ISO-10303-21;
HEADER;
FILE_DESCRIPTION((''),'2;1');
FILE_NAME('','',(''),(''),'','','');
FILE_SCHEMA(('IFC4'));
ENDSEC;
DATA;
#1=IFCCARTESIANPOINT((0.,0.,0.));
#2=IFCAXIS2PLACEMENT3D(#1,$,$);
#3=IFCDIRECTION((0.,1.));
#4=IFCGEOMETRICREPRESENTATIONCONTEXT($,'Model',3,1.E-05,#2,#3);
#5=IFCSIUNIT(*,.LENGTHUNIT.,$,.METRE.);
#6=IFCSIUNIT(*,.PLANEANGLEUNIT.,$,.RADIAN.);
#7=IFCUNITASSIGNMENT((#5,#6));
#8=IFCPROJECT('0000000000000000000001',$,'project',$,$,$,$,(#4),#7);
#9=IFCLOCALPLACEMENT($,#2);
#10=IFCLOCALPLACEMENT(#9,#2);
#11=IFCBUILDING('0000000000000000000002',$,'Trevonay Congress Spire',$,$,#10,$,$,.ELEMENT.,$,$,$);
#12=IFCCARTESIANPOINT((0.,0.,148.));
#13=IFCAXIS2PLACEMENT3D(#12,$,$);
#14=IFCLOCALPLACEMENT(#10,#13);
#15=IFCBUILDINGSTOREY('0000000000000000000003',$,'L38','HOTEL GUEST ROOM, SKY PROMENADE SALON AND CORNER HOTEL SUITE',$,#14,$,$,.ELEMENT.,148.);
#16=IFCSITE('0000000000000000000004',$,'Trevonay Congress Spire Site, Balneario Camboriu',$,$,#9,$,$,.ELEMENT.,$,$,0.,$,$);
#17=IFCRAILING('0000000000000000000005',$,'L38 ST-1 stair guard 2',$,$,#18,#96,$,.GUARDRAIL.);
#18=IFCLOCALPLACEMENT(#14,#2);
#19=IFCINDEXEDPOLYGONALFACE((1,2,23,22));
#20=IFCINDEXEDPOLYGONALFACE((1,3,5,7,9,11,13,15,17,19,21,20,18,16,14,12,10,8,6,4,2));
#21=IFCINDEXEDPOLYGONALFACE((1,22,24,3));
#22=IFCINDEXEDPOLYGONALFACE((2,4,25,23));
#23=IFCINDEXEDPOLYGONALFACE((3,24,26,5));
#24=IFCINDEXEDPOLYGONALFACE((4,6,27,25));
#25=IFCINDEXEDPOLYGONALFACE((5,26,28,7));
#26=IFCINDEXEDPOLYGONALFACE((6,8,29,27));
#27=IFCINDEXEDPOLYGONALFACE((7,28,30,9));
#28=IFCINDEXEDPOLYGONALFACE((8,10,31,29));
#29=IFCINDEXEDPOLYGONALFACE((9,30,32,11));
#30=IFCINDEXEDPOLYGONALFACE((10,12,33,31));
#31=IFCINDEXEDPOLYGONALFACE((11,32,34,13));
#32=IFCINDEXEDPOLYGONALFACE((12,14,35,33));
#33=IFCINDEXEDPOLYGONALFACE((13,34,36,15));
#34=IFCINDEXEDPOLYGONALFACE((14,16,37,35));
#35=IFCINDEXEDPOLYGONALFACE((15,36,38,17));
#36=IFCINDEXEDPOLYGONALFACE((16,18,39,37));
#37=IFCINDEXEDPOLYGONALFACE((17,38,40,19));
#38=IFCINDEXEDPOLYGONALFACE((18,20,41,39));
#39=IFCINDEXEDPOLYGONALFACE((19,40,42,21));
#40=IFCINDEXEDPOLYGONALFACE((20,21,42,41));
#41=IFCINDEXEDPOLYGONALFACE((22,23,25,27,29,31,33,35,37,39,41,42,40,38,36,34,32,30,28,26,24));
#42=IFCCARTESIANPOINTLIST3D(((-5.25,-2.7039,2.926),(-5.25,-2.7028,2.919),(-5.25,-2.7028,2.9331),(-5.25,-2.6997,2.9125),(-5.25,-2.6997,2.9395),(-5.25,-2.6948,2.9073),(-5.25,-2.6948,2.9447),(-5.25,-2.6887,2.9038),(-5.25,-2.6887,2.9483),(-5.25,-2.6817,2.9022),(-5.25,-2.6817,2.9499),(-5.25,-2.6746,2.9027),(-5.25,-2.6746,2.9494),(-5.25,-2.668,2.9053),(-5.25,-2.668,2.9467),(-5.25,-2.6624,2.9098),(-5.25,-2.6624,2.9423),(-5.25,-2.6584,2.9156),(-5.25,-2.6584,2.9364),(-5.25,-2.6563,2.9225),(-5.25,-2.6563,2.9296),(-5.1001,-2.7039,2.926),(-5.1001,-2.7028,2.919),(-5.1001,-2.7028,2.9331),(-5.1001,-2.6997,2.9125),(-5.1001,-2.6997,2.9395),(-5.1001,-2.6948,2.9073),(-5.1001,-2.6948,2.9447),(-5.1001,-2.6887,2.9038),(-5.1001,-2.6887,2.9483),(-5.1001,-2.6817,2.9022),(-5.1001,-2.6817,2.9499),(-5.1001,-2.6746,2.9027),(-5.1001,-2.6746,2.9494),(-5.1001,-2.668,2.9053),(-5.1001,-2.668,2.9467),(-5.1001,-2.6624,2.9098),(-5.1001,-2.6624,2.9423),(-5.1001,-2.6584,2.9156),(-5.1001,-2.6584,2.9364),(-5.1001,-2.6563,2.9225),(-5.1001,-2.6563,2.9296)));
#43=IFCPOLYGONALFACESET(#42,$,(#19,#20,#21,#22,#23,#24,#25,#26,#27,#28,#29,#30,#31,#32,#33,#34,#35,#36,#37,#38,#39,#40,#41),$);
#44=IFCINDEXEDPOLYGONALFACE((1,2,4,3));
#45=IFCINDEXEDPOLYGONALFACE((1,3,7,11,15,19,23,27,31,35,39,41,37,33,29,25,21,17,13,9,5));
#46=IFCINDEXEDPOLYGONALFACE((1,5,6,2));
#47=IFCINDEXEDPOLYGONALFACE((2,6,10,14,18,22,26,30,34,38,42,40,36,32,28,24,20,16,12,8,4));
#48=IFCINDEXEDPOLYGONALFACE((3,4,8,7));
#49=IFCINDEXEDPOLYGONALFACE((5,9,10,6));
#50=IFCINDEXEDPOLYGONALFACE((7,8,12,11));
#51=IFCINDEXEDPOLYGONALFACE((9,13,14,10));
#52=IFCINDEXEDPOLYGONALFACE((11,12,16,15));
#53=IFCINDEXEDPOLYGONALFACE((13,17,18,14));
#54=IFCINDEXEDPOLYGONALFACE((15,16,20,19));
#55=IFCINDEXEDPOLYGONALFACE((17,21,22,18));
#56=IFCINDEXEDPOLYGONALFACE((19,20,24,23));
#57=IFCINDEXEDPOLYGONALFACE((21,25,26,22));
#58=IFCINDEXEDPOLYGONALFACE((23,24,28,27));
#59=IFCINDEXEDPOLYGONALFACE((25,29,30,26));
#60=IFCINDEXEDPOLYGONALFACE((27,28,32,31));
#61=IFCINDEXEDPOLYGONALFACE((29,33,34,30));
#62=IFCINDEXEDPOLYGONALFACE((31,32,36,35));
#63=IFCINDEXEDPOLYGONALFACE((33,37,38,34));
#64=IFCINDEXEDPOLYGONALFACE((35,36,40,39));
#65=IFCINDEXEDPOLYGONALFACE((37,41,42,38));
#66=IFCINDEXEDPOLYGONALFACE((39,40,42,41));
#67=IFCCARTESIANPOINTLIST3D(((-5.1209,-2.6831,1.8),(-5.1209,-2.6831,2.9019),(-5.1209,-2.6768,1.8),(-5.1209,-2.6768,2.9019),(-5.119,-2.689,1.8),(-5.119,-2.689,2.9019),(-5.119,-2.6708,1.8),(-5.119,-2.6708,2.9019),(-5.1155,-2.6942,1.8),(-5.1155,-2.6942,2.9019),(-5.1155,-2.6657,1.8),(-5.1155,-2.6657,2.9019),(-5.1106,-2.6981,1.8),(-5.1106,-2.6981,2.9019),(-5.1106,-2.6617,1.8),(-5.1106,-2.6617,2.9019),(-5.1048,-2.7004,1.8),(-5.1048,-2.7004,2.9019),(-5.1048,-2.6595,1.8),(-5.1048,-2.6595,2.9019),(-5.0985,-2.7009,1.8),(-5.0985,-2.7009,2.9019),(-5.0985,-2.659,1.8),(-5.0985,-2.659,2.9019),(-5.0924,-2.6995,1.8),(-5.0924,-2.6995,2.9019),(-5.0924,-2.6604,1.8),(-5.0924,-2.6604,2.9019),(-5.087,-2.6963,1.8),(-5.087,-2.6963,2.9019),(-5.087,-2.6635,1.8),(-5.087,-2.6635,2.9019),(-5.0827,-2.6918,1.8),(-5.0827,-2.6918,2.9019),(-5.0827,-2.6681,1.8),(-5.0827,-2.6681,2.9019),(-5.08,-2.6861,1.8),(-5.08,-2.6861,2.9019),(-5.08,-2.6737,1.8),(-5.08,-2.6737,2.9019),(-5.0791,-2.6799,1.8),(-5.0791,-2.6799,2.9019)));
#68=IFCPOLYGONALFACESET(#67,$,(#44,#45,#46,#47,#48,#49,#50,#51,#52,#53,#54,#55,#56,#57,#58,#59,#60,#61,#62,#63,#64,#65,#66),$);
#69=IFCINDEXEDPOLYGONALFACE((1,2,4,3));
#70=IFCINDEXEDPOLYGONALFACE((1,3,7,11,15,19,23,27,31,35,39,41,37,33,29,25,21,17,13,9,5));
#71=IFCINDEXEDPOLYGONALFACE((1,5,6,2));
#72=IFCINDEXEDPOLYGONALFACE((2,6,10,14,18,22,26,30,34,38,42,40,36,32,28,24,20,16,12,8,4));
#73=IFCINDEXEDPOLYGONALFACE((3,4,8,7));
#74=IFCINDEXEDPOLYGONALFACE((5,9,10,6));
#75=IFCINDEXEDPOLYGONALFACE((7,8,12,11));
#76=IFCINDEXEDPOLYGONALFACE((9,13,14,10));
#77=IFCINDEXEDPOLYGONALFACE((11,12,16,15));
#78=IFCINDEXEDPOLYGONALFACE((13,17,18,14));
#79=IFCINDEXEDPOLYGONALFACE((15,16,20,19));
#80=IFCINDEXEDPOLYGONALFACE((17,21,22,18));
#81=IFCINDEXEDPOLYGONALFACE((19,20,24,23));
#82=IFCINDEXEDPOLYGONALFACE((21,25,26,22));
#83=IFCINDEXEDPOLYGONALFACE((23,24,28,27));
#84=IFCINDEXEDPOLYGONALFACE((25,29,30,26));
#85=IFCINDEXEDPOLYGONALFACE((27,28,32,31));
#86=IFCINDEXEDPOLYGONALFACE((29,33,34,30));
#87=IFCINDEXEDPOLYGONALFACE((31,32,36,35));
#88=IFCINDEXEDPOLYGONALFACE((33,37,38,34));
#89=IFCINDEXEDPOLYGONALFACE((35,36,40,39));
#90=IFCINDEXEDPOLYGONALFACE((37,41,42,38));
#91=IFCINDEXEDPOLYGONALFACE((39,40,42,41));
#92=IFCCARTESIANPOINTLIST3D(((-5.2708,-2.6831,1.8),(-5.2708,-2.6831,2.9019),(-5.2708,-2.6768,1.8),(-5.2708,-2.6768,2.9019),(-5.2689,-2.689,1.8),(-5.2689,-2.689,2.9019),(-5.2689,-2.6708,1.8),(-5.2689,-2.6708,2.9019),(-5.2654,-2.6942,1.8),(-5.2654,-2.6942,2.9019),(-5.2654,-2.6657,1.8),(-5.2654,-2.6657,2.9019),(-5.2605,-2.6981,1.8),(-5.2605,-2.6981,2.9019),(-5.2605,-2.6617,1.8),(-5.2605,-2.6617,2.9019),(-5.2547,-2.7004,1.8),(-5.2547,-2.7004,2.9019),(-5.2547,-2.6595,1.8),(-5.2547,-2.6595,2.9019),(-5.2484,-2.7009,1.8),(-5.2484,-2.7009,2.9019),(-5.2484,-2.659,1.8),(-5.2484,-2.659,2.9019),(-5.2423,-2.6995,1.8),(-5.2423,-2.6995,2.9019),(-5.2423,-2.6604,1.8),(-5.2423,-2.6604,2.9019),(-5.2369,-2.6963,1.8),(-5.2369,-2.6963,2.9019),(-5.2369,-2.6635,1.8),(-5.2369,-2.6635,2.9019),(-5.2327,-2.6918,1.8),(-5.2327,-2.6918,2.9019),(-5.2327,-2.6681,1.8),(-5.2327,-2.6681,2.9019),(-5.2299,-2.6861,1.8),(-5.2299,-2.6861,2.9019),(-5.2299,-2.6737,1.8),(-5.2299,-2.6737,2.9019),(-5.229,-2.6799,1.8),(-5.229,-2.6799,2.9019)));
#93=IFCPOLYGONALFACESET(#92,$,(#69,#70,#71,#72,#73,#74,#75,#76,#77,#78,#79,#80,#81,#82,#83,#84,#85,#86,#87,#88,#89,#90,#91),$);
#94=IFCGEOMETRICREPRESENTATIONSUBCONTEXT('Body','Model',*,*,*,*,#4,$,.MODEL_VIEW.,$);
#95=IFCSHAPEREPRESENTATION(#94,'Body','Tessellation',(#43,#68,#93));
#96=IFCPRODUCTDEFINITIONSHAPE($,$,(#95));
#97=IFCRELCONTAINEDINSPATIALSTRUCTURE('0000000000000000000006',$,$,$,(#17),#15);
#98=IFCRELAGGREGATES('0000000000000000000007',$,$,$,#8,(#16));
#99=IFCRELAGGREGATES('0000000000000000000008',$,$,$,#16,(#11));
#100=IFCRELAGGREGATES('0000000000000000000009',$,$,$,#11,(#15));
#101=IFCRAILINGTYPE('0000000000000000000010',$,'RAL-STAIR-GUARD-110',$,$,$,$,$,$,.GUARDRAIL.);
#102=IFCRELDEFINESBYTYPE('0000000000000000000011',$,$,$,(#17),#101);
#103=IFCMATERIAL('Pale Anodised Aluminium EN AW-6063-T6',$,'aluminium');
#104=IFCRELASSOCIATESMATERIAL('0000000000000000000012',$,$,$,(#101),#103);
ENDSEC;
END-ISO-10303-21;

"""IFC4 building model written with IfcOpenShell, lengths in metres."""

from ifc_helpers import new_model, si_unit, direction, frame, origin, origin_2d, place, context, subcontext, project, spatial, circle, extrude, material, type_object, element, save


model = new_model("IFC4")

# Units and contexts
model_context = context("Model", 3, precision=1e-05, world=origin(), true_north=direction((0.0, 1.0)))
body_context = subcontext(model_context, "Body", "Model", "MODEL_VIEW")
ifc_project = project(units=[si_unit("LENGTHUNIT", "METRE"), si_unit("PLANEANGLEUNIT", "RADIAN")], contexts=[model_context])

# Site, building, storey
site_placement = place(None, origin())
site = spatial("IfcSite", under=ifc_project, at=site_placement, Name="Trevonay Congress Spire Site, Balneario Camboriu", CompositionType="ELEMENT", RefElevation=0.0)
building_placement = place(site_placement, origin())
building = spatial("IfcBuilding", under=site, at=building_placement, Name="Trevonay Congress Spire", CompositionType="ELEMENT")
storey_placement = place(building_placement, frame((0.0, 0.0, 148.0)))
storey = spatial("IfcBuildingStorey", under=building, at=storey_placement, Name="L38", Description="HOTEL GUEST ROOM, SKY PROMENADE SALON AND CORNER HOTEL SUITE", CompositionType="ELEMENT", Elevation=148.0)

# Railing
ifc_material_1 = material(Name="Pale Anodised Aluminium EN AW-6063-T6", Category="aluminium")
railing_type_1 = type_object("IfcRailingType", Name="RAL-STAIR-GUARD-110", PredefinedType="GUARDRAIL", material=ifc_material_1)
railing_1_placement = place(storey_placement, frame((-5.1001, -2.6799, 1.8)))
element("IfcRailing", 1, at=railing_1_placement, inside=storey, type_object=railing_type_1, Name="L38 ST-1 stair guard 2", PredefinedType="GUARDRAIL", context=body_context, shape_type="SweptSolid", body=[
    extrude(circle(Radius=0.0239, at=origin_2d()), frame((0.0, 0.0, 1.126), z_axis=(-1.0, 0.0, 0.0), x_axis=(0.0, -1.0, 0.0)), (0.0, 0.0, 1.0), 0.1499),
    extrude(circle(Radius=0.021, at=origin_2d()), origin(), (0.0, 0.0, 1.0), 1.1018),
    extrude(circle(Radius=0.021, at=origin_2d()), frame((-0.1499, 0.0, 0.0)), (0.0, 0.0, 1.0), 1.1018),
])

save(model, "model.ifc")
